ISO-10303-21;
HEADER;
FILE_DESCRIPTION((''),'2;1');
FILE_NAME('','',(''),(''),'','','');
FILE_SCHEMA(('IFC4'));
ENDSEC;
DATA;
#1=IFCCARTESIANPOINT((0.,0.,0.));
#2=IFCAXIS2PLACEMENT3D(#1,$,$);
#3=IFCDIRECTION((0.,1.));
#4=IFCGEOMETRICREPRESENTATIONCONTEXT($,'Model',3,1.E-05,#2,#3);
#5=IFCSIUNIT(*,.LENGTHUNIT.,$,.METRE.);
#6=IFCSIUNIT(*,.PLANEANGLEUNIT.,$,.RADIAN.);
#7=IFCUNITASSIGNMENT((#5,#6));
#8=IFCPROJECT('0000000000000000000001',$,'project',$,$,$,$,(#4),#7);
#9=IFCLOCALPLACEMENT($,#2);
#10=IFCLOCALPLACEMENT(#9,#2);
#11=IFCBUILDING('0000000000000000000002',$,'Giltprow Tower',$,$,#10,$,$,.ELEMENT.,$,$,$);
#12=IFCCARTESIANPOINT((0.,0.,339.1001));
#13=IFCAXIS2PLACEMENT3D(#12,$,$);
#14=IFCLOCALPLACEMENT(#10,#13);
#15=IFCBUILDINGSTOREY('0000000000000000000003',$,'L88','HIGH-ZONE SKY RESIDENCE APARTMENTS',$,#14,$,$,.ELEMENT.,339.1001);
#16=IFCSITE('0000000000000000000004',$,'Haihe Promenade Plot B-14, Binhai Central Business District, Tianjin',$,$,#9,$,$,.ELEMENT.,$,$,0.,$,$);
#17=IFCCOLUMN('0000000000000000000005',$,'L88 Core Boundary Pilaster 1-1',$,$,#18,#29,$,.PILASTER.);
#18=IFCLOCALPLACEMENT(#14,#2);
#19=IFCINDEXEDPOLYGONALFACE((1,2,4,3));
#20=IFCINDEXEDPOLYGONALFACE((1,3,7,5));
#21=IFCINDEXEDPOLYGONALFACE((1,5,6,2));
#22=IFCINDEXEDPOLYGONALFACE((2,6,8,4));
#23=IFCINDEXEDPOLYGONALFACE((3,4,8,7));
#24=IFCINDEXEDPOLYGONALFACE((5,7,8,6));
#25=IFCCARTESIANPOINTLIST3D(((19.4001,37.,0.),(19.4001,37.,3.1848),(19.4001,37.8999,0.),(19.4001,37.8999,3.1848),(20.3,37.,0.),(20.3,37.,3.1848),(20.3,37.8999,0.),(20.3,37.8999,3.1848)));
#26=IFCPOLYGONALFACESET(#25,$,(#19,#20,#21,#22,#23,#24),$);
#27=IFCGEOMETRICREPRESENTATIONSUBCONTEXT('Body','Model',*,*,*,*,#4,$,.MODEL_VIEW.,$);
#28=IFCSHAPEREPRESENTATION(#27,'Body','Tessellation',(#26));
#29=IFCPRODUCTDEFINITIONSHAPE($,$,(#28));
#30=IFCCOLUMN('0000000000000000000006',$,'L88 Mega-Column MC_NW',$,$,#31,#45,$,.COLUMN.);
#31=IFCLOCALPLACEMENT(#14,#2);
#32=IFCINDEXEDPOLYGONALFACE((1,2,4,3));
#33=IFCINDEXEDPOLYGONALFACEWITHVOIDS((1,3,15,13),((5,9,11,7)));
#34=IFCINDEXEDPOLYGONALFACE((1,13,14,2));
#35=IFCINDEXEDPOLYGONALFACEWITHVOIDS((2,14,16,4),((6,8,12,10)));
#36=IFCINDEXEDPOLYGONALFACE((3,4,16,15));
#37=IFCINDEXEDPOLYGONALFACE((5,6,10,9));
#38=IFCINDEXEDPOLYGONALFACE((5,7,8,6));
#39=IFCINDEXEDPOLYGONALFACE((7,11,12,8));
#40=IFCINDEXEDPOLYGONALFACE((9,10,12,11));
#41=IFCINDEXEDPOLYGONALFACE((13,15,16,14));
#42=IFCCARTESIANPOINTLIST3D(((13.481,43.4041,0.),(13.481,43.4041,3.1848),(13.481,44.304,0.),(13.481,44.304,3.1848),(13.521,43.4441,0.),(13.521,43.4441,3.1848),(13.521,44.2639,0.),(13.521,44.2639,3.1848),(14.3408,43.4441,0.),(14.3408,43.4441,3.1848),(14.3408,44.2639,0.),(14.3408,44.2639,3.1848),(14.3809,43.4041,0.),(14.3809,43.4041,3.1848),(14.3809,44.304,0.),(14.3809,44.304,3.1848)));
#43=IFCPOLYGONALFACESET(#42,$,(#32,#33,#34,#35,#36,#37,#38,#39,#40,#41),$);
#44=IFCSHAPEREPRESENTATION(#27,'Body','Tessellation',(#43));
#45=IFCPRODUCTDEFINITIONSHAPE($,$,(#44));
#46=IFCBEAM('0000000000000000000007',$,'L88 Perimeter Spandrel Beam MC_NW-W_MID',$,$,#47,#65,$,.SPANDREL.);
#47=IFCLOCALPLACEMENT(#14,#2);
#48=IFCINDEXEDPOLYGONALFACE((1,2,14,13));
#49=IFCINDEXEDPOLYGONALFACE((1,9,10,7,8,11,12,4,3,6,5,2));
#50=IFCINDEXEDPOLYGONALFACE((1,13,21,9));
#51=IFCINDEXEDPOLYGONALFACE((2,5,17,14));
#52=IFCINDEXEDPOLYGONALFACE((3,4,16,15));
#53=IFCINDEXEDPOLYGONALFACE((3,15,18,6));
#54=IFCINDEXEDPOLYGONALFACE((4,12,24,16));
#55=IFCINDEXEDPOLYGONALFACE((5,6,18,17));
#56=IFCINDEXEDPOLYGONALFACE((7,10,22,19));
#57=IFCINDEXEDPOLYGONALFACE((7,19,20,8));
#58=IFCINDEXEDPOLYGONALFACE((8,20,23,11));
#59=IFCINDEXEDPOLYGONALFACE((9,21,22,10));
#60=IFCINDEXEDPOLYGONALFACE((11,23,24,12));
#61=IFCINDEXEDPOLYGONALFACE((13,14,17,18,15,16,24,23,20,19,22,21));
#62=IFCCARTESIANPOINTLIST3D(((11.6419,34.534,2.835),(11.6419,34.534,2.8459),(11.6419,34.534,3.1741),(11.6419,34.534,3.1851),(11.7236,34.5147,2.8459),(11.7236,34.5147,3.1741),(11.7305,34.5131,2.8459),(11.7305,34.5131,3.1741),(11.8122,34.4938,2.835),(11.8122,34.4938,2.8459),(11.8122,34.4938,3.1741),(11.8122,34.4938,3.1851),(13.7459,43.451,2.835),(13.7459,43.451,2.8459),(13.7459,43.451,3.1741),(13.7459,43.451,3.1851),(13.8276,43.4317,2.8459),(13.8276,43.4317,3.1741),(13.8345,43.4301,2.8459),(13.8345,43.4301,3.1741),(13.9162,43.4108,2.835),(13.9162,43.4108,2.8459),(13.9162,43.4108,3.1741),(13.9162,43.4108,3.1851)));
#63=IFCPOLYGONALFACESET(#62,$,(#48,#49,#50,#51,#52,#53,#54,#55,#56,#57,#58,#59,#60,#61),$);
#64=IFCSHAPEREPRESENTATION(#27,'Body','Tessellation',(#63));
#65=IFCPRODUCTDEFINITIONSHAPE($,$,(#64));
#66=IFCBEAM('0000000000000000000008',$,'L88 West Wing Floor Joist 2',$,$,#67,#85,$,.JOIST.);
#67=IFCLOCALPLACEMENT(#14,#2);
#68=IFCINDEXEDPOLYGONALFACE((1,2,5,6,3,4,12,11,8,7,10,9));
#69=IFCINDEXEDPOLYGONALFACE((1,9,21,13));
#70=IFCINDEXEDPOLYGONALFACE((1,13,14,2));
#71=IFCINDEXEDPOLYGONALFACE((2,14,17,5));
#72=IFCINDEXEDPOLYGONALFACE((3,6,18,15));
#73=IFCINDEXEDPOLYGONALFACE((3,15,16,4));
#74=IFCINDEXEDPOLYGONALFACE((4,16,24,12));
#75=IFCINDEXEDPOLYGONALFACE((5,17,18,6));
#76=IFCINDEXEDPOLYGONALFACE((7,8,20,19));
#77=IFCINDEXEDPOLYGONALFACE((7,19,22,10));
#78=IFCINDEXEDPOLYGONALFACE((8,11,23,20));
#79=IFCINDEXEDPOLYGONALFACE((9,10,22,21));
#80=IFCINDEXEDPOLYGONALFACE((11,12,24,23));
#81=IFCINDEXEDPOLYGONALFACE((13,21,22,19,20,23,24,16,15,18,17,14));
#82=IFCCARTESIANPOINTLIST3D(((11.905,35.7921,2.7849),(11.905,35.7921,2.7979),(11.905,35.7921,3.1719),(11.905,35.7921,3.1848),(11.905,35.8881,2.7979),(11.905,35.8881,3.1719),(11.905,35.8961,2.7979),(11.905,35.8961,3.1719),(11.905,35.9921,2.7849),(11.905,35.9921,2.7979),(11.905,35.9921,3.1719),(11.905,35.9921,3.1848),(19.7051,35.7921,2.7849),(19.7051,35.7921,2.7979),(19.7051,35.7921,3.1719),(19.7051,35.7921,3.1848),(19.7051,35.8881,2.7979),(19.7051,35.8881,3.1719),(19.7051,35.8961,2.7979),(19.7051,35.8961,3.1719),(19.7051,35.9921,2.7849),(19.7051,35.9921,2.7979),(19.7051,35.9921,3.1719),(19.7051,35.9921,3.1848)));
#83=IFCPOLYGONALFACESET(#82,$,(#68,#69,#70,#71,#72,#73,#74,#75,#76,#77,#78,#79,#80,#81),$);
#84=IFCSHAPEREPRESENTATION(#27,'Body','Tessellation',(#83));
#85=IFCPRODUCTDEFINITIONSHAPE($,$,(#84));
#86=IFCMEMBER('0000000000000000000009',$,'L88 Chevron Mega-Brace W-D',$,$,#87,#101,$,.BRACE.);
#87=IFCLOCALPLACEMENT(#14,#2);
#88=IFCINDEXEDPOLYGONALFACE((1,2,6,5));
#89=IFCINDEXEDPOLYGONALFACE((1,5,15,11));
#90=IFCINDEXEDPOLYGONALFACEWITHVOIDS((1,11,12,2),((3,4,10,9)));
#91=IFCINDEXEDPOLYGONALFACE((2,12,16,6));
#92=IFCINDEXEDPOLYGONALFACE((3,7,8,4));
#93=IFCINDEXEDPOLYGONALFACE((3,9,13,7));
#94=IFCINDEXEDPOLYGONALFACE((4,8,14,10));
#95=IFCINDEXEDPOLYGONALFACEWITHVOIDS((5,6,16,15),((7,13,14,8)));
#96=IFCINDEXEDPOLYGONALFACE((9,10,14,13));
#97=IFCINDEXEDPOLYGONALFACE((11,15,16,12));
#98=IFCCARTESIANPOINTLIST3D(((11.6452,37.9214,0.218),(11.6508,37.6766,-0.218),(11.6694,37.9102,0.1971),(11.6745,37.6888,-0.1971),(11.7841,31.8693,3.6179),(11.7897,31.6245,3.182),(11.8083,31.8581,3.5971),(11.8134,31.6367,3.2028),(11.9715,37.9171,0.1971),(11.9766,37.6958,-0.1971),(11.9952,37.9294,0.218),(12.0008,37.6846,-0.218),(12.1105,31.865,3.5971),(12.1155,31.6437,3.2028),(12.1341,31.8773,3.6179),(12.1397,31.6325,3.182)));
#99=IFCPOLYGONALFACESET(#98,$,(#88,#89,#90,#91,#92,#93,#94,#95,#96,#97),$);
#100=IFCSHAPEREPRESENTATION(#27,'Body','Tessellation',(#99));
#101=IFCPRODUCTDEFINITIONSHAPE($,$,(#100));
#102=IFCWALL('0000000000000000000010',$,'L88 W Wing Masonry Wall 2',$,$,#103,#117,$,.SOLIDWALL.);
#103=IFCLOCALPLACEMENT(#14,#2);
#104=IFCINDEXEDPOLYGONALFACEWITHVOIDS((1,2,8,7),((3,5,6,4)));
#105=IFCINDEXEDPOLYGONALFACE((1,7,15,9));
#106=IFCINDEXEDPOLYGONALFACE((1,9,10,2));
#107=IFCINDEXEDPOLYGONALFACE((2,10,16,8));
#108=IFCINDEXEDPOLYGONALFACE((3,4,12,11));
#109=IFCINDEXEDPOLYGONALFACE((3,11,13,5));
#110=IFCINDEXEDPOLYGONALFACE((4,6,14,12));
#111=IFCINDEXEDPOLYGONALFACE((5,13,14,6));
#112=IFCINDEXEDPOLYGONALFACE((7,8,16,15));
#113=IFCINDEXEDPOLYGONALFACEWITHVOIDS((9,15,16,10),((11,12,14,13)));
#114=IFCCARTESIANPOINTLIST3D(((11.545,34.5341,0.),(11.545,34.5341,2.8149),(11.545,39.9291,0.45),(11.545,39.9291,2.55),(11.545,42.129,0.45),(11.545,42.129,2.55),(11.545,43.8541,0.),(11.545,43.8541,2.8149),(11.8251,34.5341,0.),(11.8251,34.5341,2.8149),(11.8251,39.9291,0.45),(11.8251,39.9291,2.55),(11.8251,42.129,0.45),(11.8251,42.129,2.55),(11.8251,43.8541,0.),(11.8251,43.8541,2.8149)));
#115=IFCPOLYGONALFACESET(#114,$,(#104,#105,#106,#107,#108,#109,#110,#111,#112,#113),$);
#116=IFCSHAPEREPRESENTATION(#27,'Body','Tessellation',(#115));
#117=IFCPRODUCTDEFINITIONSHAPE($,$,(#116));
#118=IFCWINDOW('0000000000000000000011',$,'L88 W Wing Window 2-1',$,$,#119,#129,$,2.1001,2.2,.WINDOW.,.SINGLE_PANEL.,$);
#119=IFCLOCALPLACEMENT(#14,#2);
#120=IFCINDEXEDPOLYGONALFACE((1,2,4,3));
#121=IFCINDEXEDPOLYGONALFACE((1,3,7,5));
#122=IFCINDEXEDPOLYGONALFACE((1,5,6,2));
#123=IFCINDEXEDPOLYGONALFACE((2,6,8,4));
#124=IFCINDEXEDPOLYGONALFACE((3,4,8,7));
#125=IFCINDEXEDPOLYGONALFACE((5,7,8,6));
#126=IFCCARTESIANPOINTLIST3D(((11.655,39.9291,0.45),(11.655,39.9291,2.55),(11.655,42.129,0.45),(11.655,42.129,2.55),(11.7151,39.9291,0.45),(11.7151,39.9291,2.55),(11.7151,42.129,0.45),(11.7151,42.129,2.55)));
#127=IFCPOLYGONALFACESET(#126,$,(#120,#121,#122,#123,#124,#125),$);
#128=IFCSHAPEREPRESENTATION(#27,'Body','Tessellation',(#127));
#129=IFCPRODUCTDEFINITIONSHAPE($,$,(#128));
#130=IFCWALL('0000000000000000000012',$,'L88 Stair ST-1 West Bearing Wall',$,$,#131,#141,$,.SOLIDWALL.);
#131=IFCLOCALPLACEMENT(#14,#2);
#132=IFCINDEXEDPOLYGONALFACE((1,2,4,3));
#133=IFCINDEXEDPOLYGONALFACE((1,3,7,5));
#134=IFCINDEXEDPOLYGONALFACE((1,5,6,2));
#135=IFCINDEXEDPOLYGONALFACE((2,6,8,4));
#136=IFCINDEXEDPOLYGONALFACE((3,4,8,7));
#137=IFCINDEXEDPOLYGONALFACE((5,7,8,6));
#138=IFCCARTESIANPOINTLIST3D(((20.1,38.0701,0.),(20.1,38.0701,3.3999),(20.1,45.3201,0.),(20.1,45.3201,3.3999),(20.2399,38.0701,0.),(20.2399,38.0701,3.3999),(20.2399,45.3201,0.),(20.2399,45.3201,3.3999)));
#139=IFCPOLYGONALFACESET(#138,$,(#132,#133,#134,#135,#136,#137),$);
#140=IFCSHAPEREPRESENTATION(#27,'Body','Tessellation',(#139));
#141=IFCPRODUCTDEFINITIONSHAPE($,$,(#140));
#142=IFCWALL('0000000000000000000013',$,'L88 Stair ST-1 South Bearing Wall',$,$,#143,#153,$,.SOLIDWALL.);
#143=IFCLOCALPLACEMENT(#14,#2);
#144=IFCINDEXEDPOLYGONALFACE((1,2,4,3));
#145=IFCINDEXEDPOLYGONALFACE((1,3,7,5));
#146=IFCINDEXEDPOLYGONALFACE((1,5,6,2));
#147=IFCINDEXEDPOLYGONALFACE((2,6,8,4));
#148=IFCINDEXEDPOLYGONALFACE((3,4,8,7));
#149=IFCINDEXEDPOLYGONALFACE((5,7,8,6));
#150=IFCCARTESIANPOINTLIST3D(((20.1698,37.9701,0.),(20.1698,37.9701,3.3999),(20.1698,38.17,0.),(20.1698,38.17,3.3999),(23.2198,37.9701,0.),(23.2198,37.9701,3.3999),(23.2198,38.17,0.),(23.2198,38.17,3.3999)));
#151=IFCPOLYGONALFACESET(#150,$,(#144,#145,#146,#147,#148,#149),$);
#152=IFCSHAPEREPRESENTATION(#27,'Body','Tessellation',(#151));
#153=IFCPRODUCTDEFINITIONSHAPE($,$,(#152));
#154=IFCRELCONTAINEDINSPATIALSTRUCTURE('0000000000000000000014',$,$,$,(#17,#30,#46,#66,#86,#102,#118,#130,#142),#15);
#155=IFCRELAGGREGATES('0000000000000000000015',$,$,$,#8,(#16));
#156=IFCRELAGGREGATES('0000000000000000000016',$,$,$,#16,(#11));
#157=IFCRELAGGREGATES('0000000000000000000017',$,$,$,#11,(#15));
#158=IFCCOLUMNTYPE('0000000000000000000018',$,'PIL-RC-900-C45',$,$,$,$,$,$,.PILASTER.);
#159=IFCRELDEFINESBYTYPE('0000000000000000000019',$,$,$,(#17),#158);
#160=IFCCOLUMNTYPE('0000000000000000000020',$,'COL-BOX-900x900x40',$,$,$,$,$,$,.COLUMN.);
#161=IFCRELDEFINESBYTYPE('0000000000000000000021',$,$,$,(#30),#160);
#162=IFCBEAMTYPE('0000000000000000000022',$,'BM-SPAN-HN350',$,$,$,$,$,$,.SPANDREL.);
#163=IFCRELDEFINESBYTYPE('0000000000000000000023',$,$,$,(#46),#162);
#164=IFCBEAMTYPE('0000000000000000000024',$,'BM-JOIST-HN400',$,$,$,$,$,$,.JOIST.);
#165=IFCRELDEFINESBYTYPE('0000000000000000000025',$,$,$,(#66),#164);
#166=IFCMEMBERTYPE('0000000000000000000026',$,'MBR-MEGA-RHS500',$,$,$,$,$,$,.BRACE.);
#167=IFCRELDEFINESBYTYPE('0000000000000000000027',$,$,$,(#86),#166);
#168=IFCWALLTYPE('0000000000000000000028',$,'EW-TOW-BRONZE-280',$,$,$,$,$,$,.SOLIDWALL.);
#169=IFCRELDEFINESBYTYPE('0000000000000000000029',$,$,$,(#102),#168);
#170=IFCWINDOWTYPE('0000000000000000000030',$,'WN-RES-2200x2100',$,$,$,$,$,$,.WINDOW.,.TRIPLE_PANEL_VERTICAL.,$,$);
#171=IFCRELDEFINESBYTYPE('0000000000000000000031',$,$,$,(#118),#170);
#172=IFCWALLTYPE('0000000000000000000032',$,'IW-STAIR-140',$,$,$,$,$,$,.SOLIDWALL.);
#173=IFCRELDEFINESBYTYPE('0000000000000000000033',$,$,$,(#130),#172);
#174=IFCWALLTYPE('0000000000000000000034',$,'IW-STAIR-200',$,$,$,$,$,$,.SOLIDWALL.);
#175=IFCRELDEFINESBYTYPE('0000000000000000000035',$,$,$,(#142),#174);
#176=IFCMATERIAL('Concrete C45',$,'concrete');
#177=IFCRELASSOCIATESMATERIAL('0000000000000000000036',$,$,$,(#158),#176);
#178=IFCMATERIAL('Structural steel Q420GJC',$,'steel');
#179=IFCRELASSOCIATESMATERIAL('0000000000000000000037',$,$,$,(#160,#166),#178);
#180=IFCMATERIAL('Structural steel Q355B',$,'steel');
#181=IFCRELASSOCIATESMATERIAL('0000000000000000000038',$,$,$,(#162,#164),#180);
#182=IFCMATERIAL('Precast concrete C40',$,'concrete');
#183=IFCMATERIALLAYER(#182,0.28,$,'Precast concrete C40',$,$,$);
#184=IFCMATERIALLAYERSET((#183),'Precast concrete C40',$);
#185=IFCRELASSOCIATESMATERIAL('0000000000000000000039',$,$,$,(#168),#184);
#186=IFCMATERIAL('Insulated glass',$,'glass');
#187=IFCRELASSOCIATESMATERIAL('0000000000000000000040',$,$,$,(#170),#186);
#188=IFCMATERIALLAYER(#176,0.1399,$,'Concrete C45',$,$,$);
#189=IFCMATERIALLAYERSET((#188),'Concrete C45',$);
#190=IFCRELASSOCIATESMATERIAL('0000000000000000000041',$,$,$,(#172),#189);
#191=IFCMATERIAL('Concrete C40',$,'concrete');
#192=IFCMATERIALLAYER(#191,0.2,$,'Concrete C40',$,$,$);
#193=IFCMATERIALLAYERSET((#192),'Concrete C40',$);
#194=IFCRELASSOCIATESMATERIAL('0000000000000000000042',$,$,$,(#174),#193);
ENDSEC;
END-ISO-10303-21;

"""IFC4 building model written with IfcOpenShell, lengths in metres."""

from ifc_helpers import new_model, si_unit, direction, frame, frame_2d, origin, origin_2d, place, context, subcontext, project, spatial, rectangle, hollow_rectangle, i_section, extrude, source, transform, mapped, material, layer, layer_set, material_profile, profile_set, type_object, element, fill, save


model = new_model("IFC4")

# Units and contexts
model_context = context("Model", 3, precision=1e-05, world=origin(), true_north=direction((0.0, 1.0)))
body_context = subcontext(model_context, "Body", "Model", "MODEL_VIEW")
ifc_project = project(units=[si_unit("LENGTHUNIT", "METRE"), si_unit("PLANEANGLEUNIT", "RADIAN")], contexts=[model_context])

# Site, building, storey
site_placement = place(None, origin())
site = spatial("IfcSite", under=ifc_project, at=site_placement, Name="Haihe Promenade Plot B-14, Binhai Central Business District, Tianjin", CompositionType="ELEMENT", RefElevation=0.0)
building_placement = place(site_placement, origin())
building = spatial("IfcBuilding", under=site, at=building_placement, Name="Giltprow Tower", CompositionType="ELEMENT")
storey_placement = place(building_placement, frame((0.0, 0.0, 339.1001)))
storey = spatial("IfcBuildingStorey", under=building, at=storey_placement, Name="L88", Description="HIGH-ZONE SKY RESIDENCE APARTMENTS", CompositionType="ELEMENT", Elevation=339.1001)

# Columns
ifc_material_1 = material(Name="Concrete C45", Category="concrete")
ifc_material_profile_1 = material_profile(ifc_material_1, rectangle(XDim=0.8999, YDim=0.8999, at=origin_2d()), Name="RC 900x900")
ifc_profile_set_1 = profile_set([ifc_material_profile_1], Name="Concrete C45")
column_type_1 = type_object("IfcColumnType", Name="PIL-RC-900-C45", PredefinedType="PILASTER", material=ifc_profile_set_1)
shared_shape_1 = source(origin(), body_context, "Body", "SweptSolid", [
    extrude(rectangle(XDim=0.8999, YDim=0.8999, at=origin_2d()), origin(), (0.0, 0.0, 1.0), 3.1848),
])
column_1_placement = place(storey_placement, frame((19.8501, 37.45, 0.0), z_axis=(0.0, 0.0, 1.0), x_axis=(1.0, 0.0, 0.0)))
element("IfcColumn", 1, at=column_1_placement, inside=storey, type_object=column_type_1, Name="L88 Core Boundary Pilaster 1-1", PredefinedType="PILASTER", context=body_context, shape_type="MappedRepresentation", body=[
    mapped(shared_shape_1, transform((0.0, 0.0, 0.0), x_axis=(1.0, 0.0, 0.0), y_axis=(0.0, 1.0, 0.0), z_axis=(0.0, 0.0, 1.0), scale=1.0)),
])
ifc_material_2 = material(Name="Structural steel Q420GJC", Category="steel")
ifc_material_profile_2 = material_profile(ifc_material_2, hollow_rectangle(XDim=0.8999, YDim=0.8999, WallThickness=0.04, at=origin_2d()), Name="BOX 900x900x40")
ifc_profile_set_2 = profile_set([ifc_material_profile_2], Name="Structural steel Q420GJC")
column_type_2 = type_object("IfcColumnType", Name="COL-BOX-900x900x40", PredefinedType="COLUMN", material=ifc_profile_set_2)
shared_shape_2 = source(origin(), body_context, "Body", "SweptSolid", [
    extrude(hollow_rectangle(XDim=0.8999, YDim=0.8999, WallThickness=0.04, at=origin_2d()), origin(), (0.0, 0.0, 1.0), 3.1848),
])
column_2_placement = place(storey_placement, frame((13.9309, 43.854, 0.0), z_axis=(0.0, 0.0, 1.0), x_axis=(1.0, 0.0, 0.0)))
element("IfcColumn", 2, at=column_2_placement, inside=storey, type_object=column_type_2, Name="L88 Mega-Column MC_NW", PredefinedType="COLUMN", context=body_context, shape_type="MappedRepresentation", body=[
    mapped(shared_shape_2, transform((0.0, 0.0, 0.0), x_axis=(1.0, 0.0, 0.0), y_axis=(0.0, 1.0, 0.0), z_axis=(0.0, 0.0, 1.0), scale=1.0)),
])

# Beams
ifc_material_3 = material(Name="Structural steel Q355B", Category="steel")
ifc_material_profile_3 = material_profile(ifc_material_3, i_section(OverallWidth=0.175, OverallDepth=0.3501, WebThickness=0.0071, FlangeThickness=0.011, at=origin_2d()), Name="HN 350x175x7x11")
ifc_profile_set_3 = profile_set([ifc_material_profile_3], Name="Structural steel Q355B")
beam_type_1 = type_object("IfcBeamType", Name="BM-SPAN-HN350", PredefinedType="SPANDREL", material=ifc_profile_set_3)
shared_shape_3 = source(origin(), body_context, "Body", "SweptSolid", [
    extrude(i_section(OverallWidth=0.175, OverallDepth=0.3501, WebThickness=0.0071, FlangeThickness=0.011, at=origin_2d()), origin(), (0.0, 0.0, 1.0), 9.1619),
])
beam_1_placement = place(storey_placement, frame((13.8311, 43.4309, 3.01), z_axis=(-0.229648, -0.973274, 0.0), x_axis=(0.973274, -0.229648, 0.0)))
element("IfcBeam", 3, at=beam_1_placement, inside=storey, type_object=beam_type_1, Name="L88 Perimeter Spandrel Beam MC_NW-W_MID", PredefinedType="SPANDREL", context=body_context, shape_type="MappedRepresentation", body=[
    mapped(shared_shape_3, transform((0.0, 0.0, 0.0), x_axis=(1.0, 0.0, 0.0), y_axis=(0.0, 1.0, 0.0), z_axis=(0.0, 0.0, 1.0), scale=1.0)),
])
ifc_material_profile_4 = material_profile(ifc_material_3, i_section(OverallWidth=0.2, OverallDepth=0.3999, WebThickness=0.0081, FlangeThickness=0.0129, at=origin_2d()), Name="HN 400x200x8x13")
ifc_profile_set_4 = profile_set([ifc_material_profile_4], Name="Structural steel Q355B")
beam_type_2 = type_object("IfcBeamType", Name="BM-JOIST-HN400", PredefinedType="JOIST", material=ifc_profile_set_4)
shared_shape_4 = source(origin(), body_context, "Body", "SweptSolid", [
    extrude(i_section(OverallWidth=0.2, OverallDepth=0.3999, WebThickness=0.0081, FlangeThickness=0.0129, at=origin_2d()), origin(), (0.0, 0.0, 1.0), 7.8),
])
beam_2_placement = place(storey_placement, frame((11.905, 35.8921, 2.9849), z_axis=(1.0, 0.0, 0.0), x_axis=(0.0, 1.0, 0.0)))
element("IfcBeam", 4, at=beam_2_placement, inside=storey, type_object=beam_type_2, Name="L88 West Wing Floor Joist 2", PredefinedType="JOIST", context=body_context, shape_type="MappedRepresentation", body=[
    mapped(shared_shape_4, transform((0.0, 0.0, 0.0), x_axis=(1.0, 0.0, 0.0), y_axis=(0.0, 1.0, 0.0), z_axis=(0.0, 0.0, 1.0), scale=1.0)),
])

# Member
ifc_material_profile_5 = material_profile(ifc_material_2, hollow_rectangle(XDim=0.3501, YDim=0.5, WallThickness=0.0239, at=origin_2d()), Name="RHS 500x350x24")
ifc_profile_set_5 = profile_set([ifc_material_profile_5], Name="Structural steel Q420GJC")
member_type = type_object("IfcMemberType", Name="MBR-MEGA-RHS500", PredefinedType="BRACE", material=ifc_profile_set_5)
shared_shape_5 = source(origin(), body_context, "Body", "SweptSolid", [
    extrude(hollow_rectangle(XDim=0.3501, YDim=0.5, WallThickness=0.0239, at=origin_2d()), origin(), (0.0, 0.0, 1.0), 6.9431),
])
member_placement = place(storey_placement, frame((11.823, 37.803, 0.0), z_axis=(0.020008, -0.871669, 0.489687), x_axis=(0.999737, 0.022948, 0.0)))
element("IfcMember", 5, at=member_placement, inside=storey, type_object=member_type, Name="L88 Chevron Mega-Brace W-D", PredefinedType="BRACE", context=body_context, shape_type="MappedRepresentation", body=[
    mapped(shared_shape_5, transform((0.0, 0.0, 0.0), x_axis=(1.0, 0.0, 0.0), y_axis=(0.0, 1.0, 0.0), z_axis=(0.0, 0.0, 1.0), scale=1.0)),
])

# Wall, opening, window
ifc_material_4 = material(Name="Precast concrete C40", Category="concrete")
ifc_layer_1 = layer(ifc_material_4, 0.28, Name="Precast concrete C40")
ifc_layer_set_1 = layer_set([ifc_layer_1], Name="Precast concrete C40")
wall_type_1 = type_object("IfcWallType", Name="EW-TOW-BRONZE-280", PredefinedType="SOLIDWALL", material=ifc_layer_set_1)
wall_1_placement = place(storey_placement, frame((11.6851, 34.5339, 0.0), z_axis=(0.0, 0.0, 1.0), x_axis=(0.0, 1.0, 0.0)))
wall_1 = element("IfcWall", 6, at=wall_1_placement, inside=storey, type_object=wall_type_1, Name="L88 W Wing Masonry Wall 2", PredefinedType="SOLIDWALL", context=body_context, shape_type="SweptSolid", body=[
    extrude(rectangle(XDim=9.3201, YDim=0.28, at=frame_2d((4.6602, 0.0))), origin(), (0.0, 0.0, 1.0), 2.8149),
])
opening_1_placement = place(wall_1_placement, frame((5.395, 0.0, 0.45)))
opening_1 = element("IfcOpeningElement", 7, at=opening_1_placement, cuts=wall_1, PredefinedType="OPENING", context=body_context, shape_type="SweptSolid", body=[
    extrude(rectangle(XDim=2.2, YDim=2.1001, at=frame_2d((1.1001, 1.05))), frame((0.0, 0.1499, 0.0), z_axis=(0.0, -1.0, 0.0), x_axis=(1.0, 0.0, 0.0)), (0.0, 0.0, 1.0), 0.3),
])
ifc_material_5 = material(Name="Insulated glass", Category="glass")
window_type = type_object("IfcWindowType", Name="WN-RES-2200x2100", PartitioningType="TRIPLE_PANEL_VERTICAL", PredefinedType="WINDOW", material=ifc_material_5)
shared_shape_6 = source(origin(), body_context, "Body", "SweptSolid", [
    extrude(rectangle(XDim=2.2, YDim=2.1001, at=frame_2d((1.1001, 1.05))), frame((0.0, 0.03, 0.0), z_axis=(0.0, -1.0, 0.0), x_axis=(1.0, 0.0, 0.0)), (0.0, 0.0, 1.0), 0.0601),
])
window_placement = place(opening_1_placement, origin())
window = element("IfcWindow", 8, at=window_placement, inside=storey, type_object=window_type, Name="L88 W Wing Window 2-1", OverallHeight=2.1001, OverallWidth=2.2, PartitioningType="SINGLE_PANEL", PredefinedType="WINDOW", context=body_context, shape_type="MappedRepresentation", body=[
    mapped(shared_shape_6, transform((0.0, 0.0, 0.0), x_axis=(1.0, 0.0, 0.0), y_axis=(0.0, 1.0, 0.0), z_axis=(0.0, 0.0, 1.0), scale=1.0)),
])
fill(opening_1, window)

# Walls
ifc_layer_2 = layer(ifc_material_1, 0.1399, Name="Concrete C45")
ifc_layer_set_2 = layer_set([ifc_layer_2], Name="Concrete C45")
wall_type_2 = type_object("IfcWallType", Name="IW-STAIR-140", PredefinedType="SOLIDWALL", material=ifc_layer_set_2)
wall_2_placement = place(storey_placement, frame((20.1699, 38.0701, 0.0), z_axis=(0.0, 0.0, 1.0), x_axis=(0.0, 1.0, 0.0)))
element("IfcWall", 9, at=wall_2_placement, inside=storey, type_object=wall_type_2, Name="L88 Stair ST-1 West Bearing Wall", PredefinedType="SOLIDWALL", context=body_context, shape_type="SweptSolid", body=[
    extrude(rectangle(XDim=7.25, YDim=0.1399, at=frame_2d((3.625, 0.0))), origin(), (0.0, 0.0, 1.0), 3.3999),
])
ifc_material_6 = material(Name="Concrete C40", Category="concrete")
ifc_layer_3 = layer(ifc_material_6, 0.2, Name="Concrete C40")
ifc_layer_set_3 = layer_set([ifc_layer_3], Name="Concrete C40")
wall_type_3 = type_object("IfcWallType", Name="IW-STAIR-200", PredefinedType="SOLIDWALL", material=ifc_layer_set_3)
wall_3_placement = place(storey_placement, frame((20.1699, 38.0701, 0.0), z_axis=(0.0, 0.0, 1.0), x_axis=(1.0, 0.0, 0.0)))
element("IfcWall", 10, at=wall_3_placement, inside=storey, type_object=wall_type_3, Name="L88 Stair ST-1 South Bearing Wall", PredefinedType="SOLIDWALL", context=body_context, shape_type="SweptSolid", body=[
    extrude(rectangle(XDim=3.05, YDim=0.2, at=frame_2d((1.5249, 0.0))), origin(), (0.0, 0.0, 1.0), 3.3999),
])

save(model, "model.ifc")
